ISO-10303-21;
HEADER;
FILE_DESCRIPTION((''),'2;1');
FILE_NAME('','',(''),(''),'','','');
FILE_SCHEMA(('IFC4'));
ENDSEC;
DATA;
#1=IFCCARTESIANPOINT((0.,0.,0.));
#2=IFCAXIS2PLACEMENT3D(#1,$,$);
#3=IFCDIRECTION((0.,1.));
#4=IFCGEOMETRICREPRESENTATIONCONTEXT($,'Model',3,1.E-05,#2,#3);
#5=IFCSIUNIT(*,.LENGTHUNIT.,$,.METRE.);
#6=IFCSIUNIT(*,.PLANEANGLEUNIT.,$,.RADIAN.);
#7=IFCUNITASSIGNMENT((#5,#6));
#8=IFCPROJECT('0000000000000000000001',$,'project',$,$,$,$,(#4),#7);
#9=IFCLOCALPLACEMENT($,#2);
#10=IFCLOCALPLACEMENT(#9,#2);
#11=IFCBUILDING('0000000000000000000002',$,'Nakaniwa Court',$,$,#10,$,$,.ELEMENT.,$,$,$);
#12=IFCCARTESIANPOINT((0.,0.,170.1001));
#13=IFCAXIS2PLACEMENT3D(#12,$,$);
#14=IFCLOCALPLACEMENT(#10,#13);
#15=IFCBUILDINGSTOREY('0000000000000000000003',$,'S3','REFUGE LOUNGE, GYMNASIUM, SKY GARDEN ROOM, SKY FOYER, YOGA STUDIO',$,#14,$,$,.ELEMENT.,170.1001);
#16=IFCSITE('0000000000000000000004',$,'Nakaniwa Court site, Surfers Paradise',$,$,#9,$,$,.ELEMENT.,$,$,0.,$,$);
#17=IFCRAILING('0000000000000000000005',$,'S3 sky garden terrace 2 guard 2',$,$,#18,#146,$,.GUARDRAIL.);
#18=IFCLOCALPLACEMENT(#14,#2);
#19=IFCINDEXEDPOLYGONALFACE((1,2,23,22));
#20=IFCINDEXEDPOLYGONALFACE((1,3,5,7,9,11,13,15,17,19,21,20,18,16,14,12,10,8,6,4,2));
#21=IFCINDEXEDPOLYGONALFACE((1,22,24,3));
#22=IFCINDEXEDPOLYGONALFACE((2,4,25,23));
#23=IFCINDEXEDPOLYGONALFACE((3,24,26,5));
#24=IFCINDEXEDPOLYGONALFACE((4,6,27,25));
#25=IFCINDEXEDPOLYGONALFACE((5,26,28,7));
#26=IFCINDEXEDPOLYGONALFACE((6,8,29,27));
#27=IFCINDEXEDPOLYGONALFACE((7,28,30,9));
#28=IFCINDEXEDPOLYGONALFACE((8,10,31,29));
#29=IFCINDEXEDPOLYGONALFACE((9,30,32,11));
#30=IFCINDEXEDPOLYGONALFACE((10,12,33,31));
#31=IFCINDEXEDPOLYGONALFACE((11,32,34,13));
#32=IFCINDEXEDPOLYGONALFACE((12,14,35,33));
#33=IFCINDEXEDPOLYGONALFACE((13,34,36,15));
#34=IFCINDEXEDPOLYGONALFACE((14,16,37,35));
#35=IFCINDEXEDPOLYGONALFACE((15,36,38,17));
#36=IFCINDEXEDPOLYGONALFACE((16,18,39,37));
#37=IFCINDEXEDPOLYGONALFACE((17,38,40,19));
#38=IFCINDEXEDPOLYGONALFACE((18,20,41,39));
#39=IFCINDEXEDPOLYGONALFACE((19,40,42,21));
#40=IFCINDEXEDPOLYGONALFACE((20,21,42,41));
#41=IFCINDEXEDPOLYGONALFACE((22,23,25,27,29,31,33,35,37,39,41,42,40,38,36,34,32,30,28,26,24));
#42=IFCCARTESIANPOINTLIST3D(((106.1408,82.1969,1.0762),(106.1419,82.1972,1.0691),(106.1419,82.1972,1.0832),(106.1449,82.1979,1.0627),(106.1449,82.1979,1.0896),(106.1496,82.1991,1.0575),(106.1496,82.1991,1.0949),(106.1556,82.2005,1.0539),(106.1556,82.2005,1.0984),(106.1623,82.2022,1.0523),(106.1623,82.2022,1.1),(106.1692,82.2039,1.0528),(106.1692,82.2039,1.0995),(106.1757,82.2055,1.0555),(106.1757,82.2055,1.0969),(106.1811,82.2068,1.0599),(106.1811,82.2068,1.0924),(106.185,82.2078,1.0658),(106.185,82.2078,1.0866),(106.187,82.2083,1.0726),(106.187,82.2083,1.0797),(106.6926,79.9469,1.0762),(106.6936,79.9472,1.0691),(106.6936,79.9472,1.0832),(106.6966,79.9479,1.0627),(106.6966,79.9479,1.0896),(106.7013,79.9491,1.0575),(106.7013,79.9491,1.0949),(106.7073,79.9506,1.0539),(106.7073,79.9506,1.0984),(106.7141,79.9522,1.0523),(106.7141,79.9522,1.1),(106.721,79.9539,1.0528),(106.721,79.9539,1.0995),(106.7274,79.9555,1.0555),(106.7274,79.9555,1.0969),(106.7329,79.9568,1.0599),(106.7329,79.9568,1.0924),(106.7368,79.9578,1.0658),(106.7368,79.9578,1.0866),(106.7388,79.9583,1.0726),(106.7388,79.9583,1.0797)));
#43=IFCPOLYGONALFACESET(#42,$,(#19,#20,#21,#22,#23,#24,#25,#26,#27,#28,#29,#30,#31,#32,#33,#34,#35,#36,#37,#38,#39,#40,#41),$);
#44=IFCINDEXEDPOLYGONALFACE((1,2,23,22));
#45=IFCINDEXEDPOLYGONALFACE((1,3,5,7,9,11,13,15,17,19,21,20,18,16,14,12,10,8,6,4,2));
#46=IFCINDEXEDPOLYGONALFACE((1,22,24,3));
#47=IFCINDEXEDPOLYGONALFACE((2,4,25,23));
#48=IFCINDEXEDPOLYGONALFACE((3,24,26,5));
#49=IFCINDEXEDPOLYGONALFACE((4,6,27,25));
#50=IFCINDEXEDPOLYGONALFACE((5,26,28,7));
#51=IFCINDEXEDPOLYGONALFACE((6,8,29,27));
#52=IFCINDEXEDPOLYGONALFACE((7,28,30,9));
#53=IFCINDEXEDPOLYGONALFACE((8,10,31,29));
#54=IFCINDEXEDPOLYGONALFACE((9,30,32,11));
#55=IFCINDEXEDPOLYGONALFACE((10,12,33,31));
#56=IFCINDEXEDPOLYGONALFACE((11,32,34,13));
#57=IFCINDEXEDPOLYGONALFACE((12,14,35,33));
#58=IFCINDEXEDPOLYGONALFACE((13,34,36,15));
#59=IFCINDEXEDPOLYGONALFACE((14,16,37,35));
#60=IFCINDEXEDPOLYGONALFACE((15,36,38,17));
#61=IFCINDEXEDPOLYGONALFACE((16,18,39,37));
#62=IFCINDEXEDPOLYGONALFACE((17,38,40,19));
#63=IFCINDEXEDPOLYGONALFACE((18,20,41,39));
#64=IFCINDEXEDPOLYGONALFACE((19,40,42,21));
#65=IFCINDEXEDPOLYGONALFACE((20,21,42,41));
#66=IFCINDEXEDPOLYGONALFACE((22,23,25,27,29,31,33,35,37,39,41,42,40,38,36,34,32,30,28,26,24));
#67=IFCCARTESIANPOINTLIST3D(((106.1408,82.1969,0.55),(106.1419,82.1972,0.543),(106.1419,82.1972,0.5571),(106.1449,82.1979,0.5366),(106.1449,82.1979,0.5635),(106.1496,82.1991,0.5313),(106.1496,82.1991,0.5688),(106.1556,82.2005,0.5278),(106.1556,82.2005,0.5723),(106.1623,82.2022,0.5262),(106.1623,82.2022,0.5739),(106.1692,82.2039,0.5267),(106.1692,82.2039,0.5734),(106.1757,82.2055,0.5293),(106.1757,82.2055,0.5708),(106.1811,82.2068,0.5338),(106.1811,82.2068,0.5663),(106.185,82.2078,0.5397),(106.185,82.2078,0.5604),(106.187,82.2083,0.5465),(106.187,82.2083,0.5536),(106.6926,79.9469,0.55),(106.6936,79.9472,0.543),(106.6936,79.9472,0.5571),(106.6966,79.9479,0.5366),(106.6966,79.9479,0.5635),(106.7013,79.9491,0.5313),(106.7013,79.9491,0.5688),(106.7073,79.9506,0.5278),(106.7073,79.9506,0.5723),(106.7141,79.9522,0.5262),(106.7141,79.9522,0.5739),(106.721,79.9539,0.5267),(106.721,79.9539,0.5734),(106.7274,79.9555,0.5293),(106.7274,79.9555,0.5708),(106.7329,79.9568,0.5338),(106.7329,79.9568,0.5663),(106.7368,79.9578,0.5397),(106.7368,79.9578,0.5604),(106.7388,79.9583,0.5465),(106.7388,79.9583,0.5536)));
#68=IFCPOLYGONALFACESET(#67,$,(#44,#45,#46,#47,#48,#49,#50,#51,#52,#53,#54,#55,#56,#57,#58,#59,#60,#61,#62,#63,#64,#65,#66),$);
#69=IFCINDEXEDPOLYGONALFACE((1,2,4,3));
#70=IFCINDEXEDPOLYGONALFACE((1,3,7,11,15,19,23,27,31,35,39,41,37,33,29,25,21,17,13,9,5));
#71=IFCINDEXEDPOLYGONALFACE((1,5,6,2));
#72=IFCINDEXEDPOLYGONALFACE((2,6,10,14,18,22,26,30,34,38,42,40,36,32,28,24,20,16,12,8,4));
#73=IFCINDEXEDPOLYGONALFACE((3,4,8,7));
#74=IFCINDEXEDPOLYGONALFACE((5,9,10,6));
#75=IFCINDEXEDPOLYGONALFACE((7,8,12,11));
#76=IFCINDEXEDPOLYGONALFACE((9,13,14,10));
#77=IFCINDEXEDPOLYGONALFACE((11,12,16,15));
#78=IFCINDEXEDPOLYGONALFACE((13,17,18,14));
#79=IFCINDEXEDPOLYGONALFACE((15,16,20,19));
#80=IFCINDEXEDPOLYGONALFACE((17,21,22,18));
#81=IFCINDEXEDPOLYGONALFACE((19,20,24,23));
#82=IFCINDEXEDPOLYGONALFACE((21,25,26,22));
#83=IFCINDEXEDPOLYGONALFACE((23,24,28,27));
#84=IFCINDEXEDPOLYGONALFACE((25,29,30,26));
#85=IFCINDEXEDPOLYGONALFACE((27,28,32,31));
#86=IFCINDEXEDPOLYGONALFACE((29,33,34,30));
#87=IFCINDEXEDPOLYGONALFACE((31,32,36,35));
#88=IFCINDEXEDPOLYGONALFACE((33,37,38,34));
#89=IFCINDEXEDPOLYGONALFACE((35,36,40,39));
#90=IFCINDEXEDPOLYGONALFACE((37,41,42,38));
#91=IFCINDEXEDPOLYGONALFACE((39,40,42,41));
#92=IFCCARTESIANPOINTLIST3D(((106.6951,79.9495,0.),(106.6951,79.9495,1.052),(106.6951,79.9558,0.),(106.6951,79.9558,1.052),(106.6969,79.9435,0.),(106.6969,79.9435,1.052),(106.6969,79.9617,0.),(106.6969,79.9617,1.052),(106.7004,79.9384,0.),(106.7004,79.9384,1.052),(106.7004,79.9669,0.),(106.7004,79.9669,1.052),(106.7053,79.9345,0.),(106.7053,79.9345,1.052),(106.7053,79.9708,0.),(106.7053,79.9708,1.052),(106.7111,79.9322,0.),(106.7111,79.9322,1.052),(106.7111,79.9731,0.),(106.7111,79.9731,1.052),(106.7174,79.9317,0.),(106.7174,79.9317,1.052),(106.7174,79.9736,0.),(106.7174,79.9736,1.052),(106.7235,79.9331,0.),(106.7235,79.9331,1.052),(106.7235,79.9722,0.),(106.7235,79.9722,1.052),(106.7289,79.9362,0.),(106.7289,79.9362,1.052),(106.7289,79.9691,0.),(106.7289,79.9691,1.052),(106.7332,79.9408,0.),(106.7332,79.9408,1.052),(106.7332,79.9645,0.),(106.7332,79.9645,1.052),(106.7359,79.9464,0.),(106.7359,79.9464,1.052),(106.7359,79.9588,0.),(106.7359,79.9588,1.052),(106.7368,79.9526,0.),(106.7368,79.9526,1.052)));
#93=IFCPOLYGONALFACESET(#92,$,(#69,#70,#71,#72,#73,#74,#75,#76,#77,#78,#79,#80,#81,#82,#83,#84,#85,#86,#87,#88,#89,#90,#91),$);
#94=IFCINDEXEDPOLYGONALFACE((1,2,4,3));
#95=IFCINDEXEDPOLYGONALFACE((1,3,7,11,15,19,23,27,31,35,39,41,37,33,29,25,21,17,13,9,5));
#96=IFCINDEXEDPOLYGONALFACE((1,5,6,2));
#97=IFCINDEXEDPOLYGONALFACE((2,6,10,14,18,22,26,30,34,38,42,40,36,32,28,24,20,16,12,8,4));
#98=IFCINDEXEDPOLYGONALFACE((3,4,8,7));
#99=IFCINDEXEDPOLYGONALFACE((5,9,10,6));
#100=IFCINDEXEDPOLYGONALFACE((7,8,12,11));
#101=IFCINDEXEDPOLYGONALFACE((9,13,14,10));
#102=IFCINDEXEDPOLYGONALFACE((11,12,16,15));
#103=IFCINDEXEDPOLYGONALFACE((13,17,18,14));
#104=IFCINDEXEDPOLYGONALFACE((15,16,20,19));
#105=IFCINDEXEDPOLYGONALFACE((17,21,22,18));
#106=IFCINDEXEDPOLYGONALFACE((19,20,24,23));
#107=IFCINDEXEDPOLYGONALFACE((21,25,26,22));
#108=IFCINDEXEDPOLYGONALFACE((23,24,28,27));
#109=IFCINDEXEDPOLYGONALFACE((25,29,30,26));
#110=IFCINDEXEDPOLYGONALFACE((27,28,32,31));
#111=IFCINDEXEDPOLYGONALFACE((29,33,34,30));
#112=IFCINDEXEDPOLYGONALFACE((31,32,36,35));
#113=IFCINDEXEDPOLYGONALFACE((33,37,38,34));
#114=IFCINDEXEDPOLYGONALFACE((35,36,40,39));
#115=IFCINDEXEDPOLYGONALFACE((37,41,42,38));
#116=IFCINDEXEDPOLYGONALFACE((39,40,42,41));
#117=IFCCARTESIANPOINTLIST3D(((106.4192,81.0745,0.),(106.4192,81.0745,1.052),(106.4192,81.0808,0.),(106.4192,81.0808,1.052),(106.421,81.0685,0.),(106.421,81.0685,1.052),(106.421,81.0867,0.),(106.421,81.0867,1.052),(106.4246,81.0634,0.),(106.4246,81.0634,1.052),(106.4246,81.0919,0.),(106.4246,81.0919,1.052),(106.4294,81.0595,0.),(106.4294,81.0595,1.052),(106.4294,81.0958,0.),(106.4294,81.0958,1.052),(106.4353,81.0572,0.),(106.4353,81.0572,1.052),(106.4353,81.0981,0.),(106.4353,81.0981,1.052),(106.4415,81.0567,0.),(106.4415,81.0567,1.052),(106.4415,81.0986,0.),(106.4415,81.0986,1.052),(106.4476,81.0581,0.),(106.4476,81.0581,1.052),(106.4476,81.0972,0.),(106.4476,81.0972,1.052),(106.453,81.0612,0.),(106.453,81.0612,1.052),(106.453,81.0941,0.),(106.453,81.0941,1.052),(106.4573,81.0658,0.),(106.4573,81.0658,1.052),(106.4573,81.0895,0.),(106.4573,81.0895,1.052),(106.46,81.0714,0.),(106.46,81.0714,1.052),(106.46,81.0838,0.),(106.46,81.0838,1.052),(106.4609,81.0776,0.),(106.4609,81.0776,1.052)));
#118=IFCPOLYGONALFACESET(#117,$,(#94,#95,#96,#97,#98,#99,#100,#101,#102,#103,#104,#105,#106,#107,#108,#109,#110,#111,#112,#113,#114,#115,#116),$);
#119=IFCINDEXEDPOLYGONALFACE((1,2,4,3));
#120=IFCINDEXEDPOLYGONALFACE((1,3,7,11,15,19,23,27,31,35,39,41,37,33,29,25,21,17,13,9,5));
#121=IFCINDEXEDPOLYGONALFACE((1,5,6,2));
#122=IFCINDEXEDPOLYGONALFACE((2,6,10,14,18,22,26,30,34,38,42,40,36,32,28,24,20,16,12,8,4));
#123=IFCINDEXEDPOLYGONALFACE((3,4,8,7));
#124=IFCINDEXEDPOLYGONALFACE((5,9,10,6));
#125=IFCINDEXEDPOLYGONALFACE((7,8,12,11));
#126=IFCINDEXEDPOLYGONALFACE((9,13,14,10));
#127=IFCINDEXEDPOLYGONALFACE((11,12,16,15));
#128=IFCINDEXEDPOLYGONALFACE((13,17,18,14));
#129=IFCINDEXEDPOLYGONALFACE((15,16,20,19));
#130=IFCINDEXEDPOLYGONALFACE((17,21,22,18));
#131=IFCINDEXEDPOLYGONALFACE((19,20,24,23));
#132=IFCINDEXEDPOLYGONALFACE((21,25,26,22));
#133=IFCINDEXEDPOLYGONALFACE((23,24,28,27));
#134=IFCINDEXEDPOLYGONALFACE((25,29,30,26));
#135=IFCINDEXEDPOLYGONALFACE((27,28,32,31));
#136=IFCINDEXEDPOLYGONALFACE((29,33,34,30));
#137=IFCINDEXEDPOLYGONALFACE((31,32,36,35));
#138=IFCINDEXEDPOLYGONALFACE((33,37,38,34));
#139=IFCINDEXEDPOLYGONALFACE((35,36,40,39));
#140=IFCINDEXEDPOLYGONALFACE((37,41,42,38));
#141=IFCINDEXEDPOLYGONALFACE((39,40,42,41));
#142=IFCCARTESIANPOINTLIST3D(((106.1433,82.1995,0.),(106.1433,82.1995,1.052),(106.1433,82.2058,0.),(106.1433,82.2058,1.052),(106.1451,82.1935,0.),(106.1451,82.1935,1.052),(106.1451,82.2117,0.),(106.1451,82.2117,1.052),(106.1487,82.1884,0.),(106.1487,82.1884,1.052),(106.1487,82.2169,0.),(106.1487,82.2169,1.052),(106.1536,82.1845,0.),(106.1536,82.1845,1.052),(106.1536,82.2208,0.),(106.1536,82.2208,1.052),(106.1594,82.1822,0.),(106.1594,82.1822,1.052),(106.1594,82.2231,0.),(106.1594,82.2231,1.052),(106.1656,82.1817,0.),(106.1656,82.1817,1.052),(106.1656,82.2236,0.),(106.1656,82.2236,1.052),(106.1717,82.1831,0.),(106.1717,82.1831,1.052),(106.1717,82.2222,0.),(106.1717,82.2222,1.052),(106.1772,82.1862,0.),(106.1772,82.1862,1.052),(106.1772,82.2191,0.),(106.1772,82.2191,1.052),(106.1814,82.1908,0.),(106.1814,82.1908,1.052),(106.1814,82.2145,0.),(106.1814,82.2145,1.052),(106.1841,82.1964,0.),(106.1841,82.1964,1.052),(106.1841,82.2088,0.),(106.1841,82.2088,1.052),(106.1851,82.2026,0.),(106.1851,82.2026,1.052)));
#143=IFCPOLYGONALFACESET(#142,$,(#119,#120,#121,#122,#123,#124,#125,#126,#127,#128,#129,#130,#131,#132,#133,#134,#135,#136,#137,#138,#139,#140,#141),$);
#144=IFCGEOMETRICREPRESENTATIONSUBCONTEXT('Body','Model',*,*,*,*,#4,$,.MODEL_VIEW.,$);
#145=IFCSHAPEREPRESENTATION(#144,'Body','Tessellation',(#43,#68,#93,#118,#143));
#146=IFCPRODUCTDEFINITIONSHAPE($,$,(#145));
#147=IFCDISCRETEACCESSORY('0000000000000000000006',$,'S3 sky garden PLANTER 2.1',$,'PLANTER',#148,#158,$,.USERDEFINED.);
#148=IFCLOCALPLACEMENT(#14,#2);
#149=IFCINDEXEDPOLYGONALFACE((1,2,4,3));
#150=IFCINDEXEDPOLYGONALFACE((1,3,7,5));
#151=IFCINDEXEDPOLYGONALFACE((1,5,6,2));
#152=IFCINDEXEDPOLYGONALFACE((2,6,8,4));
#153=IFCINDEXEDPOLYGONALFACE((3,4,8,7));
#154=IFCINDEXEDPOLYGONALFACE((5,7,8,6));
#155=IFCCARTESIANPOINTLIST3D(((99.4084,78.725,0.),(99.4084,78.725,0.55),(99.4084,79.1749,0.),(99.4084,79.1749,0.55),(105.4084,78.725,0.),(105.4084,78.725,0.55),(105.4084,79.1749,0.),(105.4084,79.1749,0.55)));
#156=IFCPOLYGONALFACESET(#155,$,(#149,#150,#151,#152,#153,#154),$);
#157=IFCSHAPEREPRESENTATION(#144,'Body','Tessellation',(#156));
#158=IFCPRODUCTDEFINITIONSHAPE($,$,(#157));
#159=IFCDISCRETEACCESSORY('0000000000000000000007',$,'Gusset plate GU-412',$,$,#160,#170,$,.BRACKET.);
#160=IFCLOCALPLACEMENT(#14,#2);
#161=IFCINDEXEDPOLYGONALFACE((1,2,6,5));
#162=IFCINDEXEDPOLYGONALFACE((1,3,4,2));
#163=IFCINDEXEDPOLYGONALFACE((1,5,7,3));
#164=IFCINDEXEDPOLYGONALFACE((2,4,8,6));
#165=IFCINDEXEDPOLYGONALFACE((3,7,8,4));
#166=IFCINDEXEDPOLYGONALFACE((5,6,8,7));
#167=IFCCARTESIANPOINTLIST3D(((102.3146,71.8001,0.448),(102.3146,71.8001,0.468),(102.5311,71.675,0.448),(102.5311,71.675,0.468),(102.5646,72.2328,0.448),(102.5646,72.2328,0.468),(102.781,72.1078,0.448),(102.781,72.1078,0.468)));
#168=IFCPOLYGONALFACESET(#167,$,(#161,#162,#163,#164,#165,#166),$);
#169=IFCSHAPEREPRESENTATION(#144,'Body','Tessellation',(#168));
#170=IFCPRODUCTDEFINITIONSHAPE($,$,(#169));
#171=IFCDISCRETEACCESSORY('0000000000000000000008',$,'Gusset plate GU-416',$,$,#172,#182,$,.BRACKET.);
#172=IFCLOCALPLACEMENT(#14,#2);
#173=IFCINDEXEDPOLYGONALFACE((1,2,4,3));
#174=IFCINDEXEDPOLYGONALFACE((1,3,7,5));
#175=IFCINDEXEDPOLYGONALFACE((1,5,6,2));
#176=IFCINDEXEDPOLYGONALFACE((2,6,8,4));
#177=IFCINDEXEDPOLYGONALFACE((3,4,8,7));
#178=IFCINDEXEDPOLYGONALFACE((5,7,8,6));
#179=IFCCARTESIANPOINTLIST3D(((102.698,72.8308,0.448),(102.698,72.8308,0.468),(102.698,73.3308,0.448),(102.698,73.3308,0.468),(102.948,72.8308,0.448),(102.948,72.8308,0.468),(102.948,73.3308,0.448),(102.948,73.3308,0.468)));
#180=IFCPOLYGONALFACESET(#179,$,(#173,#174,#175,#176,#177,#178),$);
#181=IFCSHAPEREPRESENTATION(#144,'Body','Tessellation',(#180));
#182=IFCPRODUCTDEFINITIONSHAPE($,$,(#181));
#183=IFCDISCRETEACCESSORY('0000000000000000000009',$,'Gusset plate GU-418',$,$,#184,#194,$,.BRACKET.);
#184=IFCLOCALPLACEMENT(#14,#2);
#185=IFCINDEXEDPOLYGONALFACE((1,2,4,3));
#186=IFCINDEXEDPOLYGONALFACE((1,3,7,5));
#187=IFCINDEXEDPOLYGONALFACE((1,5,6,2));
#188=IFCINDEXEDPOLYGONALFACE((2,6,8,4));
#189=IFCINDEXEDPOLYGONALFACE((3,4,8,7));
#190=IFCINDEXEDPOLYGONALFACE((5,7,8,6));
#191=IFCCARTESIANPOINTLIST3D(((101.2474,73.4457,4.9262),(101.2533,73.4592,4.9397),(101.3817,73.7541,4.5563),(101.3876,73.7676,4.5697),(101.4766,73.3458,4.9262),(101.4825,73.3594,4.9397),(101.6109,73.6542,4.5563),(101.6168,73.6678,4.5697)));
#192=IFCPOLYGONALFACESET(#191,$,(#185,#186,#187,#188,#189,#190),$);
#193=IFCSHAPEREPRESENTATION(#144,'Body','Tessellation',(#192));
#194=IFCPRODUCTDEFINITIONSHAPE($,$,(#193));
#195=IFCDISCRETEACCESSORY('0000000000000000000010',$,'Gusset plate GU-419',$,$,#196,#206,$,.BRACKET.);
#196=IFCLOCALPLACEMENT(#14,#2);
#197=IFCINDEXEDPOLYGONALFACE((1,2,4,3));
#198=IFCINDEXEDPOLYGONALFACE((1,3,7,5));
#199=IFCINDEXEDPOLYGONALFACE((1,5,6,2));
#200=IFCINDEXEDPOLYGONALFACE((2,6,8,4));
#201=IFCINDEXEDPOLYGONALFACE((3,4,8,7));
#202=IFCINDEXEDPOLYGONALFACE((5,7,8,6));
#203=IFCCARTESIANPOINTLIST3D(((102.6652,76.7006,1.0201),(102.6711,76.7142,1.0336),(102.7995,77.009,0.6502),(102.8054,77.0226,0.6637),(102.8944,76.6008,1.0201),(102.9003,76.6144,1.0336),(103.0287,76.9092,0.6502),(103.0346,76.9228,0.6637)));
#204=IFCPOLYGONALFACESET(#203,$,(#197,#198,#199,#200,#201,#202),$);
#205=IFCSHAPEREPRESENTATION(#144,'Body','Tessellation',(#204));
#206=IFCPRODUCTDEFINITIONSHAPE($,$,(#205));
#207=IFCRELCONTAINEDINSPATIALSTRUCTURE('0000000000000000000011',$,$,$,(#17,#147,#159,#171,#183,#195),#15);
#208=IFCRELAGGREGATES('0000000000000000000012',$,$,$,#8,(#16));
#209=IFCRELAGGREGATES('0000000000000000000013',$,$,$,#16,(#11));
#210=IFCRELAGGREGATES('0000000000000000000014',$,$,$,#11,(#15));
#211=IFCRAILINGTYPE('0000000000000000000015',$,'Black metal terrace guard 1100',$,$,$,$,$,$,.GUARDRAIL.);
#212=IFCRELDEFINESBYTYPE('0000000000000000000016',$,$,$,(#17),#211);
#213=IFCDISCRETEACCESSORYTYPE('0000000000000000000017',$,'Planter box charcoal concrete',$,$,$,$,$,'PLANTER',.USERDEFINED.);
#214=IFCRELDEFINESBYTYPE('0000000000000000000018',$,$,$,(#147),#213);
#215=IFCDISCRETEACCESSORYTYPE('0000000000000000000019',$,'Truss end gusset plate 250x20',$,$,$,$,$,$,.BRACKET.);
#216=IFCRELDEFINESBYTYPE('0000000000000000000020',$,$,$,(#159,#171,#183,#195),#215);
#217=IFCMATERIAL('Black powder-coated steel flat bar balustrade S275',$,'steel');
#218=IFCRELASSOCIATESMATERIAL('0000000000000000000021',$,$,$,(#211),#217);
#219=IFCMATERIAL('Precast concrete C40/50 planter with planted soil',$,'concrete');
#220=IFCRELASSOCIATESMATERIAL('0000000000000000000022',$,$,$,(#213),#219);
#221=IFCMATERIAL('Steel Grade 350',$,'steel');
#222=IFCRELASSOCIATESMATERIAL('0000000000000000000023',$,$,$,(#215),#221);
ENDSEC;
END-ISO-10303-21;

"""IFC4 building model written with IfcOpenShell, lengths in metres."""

from ifc_helpers import new_model, si_unit, direction, frame, origin, origin_2d, place, context, subcontext, project, spatial, rectangle, circle, extrude, material, material_profile, profile_set, type_object, element, save


model = new_model("IFC4")

# Units and contexts
model_context = context("Model", 3, precision=1e-05, world=origin(), true_north=direction((0.0, 1.0)))
body_context = subcontext(model_context, "Body", "Model", "MODEL_VIEW")
ifc_project = project(units=[si_unit("LENGTHUNIT", "METRE"), si_unit("PLANEANGLEUNIT", "RADIAN")], contexts=[model_context])

# Site, building, storey
site_placement = place(None, origin())
site = spatial("IfcSite", under=ifc_project, at=site_placement, Name="Nakaniwa Court site, Surfers Paradise", CompositionType="ELEMENT", RefElevation=0.0)
building_placement = place(site_placement, origin())
building = spatial("IfcBuilding", under=site, at=building_placement, Name="Nakaniwa Court", CompositionType="ELEMENT")
storey_placement = place(building_placement, frame((0.0, 0.0, 170.1001)))
storey = spatial("IfcBuildingStorey", under=building, at=storey_placement, Name="S3", Description="REFUGE LOUNGE, GYMNASIUM, SKY GARDEN ROOM, SKY FOYER, YOGA STUDIO", CompositionType="ELEMENT", Elevation=170.1001)

# Shared definitions
ifc_material_1 = material(Name="Steel Grade 350", Category="steel")

# Railing
ifc_material_2 = material(Name="Black powder-coated steel flat bar balustrade S275", Category="steel")
railing_type = type_object("IfcRailingType", Name="Black metal terrace guard 1100", PredefinedType="GUARDRAIL", material=ifc_material_2)
railing_1_placement = place(storey_placement, frame((106.7158, 79.9526, 0.0)))
element("IfcRailing", 1, at=railing_1_placement, inside=storey, type_object=railing_type, Name="S3 sky garden terrace 2 guard 2", PredefinedType="GUARDRAIL", context=body_context, shape_type="SweptSolid", body=[
    extrude(circle(Radius=0.0239, at=origin_2d()), frame((0.0, 0.0, 1.0762), z_axis=(-0.238169, 0.971224, 0.0), x_axis=(-0.971224, -0.238169, 0.0)), (0.0, 0.0, 1.0), 2.3167),
    extrude(circle(Radius=0.0239, at=origin_2d()), frame((0.0, 0.0, 0.55), z_axis=(-0.238169, 0.971224, 0.0), x_axis=(-0.971224, -0.238169, 0.0)), (0.0, 0.0, 1.0), 2.3167),
    extrude(circle(Radius=0.021, at=origin_2d()), origin(), (0.0, 0.0, 1.0), 1.052),
    extrude(circle(Radius=0.021, at=origin_2d()), frame((-0.2759, 1.125, 0.0)), (0.0, 0.0, 1.0), 1.052),
    extrude(circle(Radius=0.021, at=origin_2d()), frame((-0.5518, 2.25, 0.0)), (0.0, 0.0, 1.0), 1.052),
])

# Discrete accessories
ifc_material_3 = material(Name="Precast concrete C40/50 planter with planted soil", Category="concrete")
discrete_accessory_type_1 = type_object("IfcDiscreteAccessoryType", Name="Planter box charcoal concrete", ElementType="PLANTER", PredefinedType="USERDEFINED", material=ifc_material_3)
discrete_accessory_1_placement = place(storey_placement, frame((102.4084, 78.95, 0.0), z_axis=(0.0, 0.0, 1.0), x_axis=(1.0, 0.0, 0.0)))
element("IfcDiscreteAccessory", 2, at=discrete_accessory_1_placement, inside=storey, type_object=discrete_accessory_type_1, Name="S3 sky garden PLANTER 2.1", ObjectType="PLANTER", PredefinedType="USERDEFINED", context=body_context, shape_type="SweptSolid", body=[
    extrude(rectangle(XDim=6.0, YDim=0.45, at=origin_2d()), origin(), (0.0, 0.0, 1.0), 0.55),
])
ifc_material_profile_1 = material_profile(ifc_material_1, rectangle(XDim=0.25, YDim=0.02, at=origin_2d()), Name="Truss end gusset plate 250x20")
ifc_profile_set_1 = profile_set([ifc_material_profile_1], Name="Steel Grade 350")
discrete_accessory_type_2 = type_object("IfcDiscreteAccessoryType", Name="Truss end gusset plate 250x20", PredefinedType="BRACKET", material=ifc_profile_set_1)
discrete_accessory_2_placement = place(storey_placement, frame((102.4229, 71.7375, 0.458), z_axis=(0.500131, 0.86595, 0.0), x_axis=(-0.86595, 0.500131, 0.0)))
element("IfcDiscreteAccessory", 3, at=discrete_accessory_2_placement, inside=storey, type_object=discrete_accessory_type_2, Name="Gusset plate GU-412", PredefinedType="BRACKET", context=body_context, shape_type="SweptSolid", body=[
    extrude(rectangle(XDim=0.25, YDim=0.02, at=origin_2d()), origin(), (0.0, 0.0, 1.0), 0.4998),
])
for number, where, z_axis, x_axis, name in (
    (4, (102.823, 73.3308, 0.458), (0.0, -1.0, 0.0), (1.0, 0.0, 0.0), "Gusset plate GU-416"),
    (5, (101.4993, 73.7109, 4.563), (-0.2686, -0.616803, 0.73987), (0.916839, -0.399257, 0.0), "Gusset plate GU-418"),
    (6, (102.7827, 76.6575, 1.0269), (0.2686, 0.616803, -0.73987), (-0.916839, 0.399257, 0.0), "Gusset plate GU-419"),
):
    element("IfcDiscreteAccessory", number, at=place(storey_placement, frame(where, z_axis=z_axis, x_axis=x_axis)), inside=storey, type_object=discrete_accessory_type_2, Name=name, PredefinedType="BRACKET", context=body_context, shape_type="SweptSolid", body=[
        extrude(rectangle(XDim=0.25, YDim=0.02, at=origin_2d()), origin(), (0.0, 0.0, 1.0), 0.5),
    ])

save(model, "model.ifc")
